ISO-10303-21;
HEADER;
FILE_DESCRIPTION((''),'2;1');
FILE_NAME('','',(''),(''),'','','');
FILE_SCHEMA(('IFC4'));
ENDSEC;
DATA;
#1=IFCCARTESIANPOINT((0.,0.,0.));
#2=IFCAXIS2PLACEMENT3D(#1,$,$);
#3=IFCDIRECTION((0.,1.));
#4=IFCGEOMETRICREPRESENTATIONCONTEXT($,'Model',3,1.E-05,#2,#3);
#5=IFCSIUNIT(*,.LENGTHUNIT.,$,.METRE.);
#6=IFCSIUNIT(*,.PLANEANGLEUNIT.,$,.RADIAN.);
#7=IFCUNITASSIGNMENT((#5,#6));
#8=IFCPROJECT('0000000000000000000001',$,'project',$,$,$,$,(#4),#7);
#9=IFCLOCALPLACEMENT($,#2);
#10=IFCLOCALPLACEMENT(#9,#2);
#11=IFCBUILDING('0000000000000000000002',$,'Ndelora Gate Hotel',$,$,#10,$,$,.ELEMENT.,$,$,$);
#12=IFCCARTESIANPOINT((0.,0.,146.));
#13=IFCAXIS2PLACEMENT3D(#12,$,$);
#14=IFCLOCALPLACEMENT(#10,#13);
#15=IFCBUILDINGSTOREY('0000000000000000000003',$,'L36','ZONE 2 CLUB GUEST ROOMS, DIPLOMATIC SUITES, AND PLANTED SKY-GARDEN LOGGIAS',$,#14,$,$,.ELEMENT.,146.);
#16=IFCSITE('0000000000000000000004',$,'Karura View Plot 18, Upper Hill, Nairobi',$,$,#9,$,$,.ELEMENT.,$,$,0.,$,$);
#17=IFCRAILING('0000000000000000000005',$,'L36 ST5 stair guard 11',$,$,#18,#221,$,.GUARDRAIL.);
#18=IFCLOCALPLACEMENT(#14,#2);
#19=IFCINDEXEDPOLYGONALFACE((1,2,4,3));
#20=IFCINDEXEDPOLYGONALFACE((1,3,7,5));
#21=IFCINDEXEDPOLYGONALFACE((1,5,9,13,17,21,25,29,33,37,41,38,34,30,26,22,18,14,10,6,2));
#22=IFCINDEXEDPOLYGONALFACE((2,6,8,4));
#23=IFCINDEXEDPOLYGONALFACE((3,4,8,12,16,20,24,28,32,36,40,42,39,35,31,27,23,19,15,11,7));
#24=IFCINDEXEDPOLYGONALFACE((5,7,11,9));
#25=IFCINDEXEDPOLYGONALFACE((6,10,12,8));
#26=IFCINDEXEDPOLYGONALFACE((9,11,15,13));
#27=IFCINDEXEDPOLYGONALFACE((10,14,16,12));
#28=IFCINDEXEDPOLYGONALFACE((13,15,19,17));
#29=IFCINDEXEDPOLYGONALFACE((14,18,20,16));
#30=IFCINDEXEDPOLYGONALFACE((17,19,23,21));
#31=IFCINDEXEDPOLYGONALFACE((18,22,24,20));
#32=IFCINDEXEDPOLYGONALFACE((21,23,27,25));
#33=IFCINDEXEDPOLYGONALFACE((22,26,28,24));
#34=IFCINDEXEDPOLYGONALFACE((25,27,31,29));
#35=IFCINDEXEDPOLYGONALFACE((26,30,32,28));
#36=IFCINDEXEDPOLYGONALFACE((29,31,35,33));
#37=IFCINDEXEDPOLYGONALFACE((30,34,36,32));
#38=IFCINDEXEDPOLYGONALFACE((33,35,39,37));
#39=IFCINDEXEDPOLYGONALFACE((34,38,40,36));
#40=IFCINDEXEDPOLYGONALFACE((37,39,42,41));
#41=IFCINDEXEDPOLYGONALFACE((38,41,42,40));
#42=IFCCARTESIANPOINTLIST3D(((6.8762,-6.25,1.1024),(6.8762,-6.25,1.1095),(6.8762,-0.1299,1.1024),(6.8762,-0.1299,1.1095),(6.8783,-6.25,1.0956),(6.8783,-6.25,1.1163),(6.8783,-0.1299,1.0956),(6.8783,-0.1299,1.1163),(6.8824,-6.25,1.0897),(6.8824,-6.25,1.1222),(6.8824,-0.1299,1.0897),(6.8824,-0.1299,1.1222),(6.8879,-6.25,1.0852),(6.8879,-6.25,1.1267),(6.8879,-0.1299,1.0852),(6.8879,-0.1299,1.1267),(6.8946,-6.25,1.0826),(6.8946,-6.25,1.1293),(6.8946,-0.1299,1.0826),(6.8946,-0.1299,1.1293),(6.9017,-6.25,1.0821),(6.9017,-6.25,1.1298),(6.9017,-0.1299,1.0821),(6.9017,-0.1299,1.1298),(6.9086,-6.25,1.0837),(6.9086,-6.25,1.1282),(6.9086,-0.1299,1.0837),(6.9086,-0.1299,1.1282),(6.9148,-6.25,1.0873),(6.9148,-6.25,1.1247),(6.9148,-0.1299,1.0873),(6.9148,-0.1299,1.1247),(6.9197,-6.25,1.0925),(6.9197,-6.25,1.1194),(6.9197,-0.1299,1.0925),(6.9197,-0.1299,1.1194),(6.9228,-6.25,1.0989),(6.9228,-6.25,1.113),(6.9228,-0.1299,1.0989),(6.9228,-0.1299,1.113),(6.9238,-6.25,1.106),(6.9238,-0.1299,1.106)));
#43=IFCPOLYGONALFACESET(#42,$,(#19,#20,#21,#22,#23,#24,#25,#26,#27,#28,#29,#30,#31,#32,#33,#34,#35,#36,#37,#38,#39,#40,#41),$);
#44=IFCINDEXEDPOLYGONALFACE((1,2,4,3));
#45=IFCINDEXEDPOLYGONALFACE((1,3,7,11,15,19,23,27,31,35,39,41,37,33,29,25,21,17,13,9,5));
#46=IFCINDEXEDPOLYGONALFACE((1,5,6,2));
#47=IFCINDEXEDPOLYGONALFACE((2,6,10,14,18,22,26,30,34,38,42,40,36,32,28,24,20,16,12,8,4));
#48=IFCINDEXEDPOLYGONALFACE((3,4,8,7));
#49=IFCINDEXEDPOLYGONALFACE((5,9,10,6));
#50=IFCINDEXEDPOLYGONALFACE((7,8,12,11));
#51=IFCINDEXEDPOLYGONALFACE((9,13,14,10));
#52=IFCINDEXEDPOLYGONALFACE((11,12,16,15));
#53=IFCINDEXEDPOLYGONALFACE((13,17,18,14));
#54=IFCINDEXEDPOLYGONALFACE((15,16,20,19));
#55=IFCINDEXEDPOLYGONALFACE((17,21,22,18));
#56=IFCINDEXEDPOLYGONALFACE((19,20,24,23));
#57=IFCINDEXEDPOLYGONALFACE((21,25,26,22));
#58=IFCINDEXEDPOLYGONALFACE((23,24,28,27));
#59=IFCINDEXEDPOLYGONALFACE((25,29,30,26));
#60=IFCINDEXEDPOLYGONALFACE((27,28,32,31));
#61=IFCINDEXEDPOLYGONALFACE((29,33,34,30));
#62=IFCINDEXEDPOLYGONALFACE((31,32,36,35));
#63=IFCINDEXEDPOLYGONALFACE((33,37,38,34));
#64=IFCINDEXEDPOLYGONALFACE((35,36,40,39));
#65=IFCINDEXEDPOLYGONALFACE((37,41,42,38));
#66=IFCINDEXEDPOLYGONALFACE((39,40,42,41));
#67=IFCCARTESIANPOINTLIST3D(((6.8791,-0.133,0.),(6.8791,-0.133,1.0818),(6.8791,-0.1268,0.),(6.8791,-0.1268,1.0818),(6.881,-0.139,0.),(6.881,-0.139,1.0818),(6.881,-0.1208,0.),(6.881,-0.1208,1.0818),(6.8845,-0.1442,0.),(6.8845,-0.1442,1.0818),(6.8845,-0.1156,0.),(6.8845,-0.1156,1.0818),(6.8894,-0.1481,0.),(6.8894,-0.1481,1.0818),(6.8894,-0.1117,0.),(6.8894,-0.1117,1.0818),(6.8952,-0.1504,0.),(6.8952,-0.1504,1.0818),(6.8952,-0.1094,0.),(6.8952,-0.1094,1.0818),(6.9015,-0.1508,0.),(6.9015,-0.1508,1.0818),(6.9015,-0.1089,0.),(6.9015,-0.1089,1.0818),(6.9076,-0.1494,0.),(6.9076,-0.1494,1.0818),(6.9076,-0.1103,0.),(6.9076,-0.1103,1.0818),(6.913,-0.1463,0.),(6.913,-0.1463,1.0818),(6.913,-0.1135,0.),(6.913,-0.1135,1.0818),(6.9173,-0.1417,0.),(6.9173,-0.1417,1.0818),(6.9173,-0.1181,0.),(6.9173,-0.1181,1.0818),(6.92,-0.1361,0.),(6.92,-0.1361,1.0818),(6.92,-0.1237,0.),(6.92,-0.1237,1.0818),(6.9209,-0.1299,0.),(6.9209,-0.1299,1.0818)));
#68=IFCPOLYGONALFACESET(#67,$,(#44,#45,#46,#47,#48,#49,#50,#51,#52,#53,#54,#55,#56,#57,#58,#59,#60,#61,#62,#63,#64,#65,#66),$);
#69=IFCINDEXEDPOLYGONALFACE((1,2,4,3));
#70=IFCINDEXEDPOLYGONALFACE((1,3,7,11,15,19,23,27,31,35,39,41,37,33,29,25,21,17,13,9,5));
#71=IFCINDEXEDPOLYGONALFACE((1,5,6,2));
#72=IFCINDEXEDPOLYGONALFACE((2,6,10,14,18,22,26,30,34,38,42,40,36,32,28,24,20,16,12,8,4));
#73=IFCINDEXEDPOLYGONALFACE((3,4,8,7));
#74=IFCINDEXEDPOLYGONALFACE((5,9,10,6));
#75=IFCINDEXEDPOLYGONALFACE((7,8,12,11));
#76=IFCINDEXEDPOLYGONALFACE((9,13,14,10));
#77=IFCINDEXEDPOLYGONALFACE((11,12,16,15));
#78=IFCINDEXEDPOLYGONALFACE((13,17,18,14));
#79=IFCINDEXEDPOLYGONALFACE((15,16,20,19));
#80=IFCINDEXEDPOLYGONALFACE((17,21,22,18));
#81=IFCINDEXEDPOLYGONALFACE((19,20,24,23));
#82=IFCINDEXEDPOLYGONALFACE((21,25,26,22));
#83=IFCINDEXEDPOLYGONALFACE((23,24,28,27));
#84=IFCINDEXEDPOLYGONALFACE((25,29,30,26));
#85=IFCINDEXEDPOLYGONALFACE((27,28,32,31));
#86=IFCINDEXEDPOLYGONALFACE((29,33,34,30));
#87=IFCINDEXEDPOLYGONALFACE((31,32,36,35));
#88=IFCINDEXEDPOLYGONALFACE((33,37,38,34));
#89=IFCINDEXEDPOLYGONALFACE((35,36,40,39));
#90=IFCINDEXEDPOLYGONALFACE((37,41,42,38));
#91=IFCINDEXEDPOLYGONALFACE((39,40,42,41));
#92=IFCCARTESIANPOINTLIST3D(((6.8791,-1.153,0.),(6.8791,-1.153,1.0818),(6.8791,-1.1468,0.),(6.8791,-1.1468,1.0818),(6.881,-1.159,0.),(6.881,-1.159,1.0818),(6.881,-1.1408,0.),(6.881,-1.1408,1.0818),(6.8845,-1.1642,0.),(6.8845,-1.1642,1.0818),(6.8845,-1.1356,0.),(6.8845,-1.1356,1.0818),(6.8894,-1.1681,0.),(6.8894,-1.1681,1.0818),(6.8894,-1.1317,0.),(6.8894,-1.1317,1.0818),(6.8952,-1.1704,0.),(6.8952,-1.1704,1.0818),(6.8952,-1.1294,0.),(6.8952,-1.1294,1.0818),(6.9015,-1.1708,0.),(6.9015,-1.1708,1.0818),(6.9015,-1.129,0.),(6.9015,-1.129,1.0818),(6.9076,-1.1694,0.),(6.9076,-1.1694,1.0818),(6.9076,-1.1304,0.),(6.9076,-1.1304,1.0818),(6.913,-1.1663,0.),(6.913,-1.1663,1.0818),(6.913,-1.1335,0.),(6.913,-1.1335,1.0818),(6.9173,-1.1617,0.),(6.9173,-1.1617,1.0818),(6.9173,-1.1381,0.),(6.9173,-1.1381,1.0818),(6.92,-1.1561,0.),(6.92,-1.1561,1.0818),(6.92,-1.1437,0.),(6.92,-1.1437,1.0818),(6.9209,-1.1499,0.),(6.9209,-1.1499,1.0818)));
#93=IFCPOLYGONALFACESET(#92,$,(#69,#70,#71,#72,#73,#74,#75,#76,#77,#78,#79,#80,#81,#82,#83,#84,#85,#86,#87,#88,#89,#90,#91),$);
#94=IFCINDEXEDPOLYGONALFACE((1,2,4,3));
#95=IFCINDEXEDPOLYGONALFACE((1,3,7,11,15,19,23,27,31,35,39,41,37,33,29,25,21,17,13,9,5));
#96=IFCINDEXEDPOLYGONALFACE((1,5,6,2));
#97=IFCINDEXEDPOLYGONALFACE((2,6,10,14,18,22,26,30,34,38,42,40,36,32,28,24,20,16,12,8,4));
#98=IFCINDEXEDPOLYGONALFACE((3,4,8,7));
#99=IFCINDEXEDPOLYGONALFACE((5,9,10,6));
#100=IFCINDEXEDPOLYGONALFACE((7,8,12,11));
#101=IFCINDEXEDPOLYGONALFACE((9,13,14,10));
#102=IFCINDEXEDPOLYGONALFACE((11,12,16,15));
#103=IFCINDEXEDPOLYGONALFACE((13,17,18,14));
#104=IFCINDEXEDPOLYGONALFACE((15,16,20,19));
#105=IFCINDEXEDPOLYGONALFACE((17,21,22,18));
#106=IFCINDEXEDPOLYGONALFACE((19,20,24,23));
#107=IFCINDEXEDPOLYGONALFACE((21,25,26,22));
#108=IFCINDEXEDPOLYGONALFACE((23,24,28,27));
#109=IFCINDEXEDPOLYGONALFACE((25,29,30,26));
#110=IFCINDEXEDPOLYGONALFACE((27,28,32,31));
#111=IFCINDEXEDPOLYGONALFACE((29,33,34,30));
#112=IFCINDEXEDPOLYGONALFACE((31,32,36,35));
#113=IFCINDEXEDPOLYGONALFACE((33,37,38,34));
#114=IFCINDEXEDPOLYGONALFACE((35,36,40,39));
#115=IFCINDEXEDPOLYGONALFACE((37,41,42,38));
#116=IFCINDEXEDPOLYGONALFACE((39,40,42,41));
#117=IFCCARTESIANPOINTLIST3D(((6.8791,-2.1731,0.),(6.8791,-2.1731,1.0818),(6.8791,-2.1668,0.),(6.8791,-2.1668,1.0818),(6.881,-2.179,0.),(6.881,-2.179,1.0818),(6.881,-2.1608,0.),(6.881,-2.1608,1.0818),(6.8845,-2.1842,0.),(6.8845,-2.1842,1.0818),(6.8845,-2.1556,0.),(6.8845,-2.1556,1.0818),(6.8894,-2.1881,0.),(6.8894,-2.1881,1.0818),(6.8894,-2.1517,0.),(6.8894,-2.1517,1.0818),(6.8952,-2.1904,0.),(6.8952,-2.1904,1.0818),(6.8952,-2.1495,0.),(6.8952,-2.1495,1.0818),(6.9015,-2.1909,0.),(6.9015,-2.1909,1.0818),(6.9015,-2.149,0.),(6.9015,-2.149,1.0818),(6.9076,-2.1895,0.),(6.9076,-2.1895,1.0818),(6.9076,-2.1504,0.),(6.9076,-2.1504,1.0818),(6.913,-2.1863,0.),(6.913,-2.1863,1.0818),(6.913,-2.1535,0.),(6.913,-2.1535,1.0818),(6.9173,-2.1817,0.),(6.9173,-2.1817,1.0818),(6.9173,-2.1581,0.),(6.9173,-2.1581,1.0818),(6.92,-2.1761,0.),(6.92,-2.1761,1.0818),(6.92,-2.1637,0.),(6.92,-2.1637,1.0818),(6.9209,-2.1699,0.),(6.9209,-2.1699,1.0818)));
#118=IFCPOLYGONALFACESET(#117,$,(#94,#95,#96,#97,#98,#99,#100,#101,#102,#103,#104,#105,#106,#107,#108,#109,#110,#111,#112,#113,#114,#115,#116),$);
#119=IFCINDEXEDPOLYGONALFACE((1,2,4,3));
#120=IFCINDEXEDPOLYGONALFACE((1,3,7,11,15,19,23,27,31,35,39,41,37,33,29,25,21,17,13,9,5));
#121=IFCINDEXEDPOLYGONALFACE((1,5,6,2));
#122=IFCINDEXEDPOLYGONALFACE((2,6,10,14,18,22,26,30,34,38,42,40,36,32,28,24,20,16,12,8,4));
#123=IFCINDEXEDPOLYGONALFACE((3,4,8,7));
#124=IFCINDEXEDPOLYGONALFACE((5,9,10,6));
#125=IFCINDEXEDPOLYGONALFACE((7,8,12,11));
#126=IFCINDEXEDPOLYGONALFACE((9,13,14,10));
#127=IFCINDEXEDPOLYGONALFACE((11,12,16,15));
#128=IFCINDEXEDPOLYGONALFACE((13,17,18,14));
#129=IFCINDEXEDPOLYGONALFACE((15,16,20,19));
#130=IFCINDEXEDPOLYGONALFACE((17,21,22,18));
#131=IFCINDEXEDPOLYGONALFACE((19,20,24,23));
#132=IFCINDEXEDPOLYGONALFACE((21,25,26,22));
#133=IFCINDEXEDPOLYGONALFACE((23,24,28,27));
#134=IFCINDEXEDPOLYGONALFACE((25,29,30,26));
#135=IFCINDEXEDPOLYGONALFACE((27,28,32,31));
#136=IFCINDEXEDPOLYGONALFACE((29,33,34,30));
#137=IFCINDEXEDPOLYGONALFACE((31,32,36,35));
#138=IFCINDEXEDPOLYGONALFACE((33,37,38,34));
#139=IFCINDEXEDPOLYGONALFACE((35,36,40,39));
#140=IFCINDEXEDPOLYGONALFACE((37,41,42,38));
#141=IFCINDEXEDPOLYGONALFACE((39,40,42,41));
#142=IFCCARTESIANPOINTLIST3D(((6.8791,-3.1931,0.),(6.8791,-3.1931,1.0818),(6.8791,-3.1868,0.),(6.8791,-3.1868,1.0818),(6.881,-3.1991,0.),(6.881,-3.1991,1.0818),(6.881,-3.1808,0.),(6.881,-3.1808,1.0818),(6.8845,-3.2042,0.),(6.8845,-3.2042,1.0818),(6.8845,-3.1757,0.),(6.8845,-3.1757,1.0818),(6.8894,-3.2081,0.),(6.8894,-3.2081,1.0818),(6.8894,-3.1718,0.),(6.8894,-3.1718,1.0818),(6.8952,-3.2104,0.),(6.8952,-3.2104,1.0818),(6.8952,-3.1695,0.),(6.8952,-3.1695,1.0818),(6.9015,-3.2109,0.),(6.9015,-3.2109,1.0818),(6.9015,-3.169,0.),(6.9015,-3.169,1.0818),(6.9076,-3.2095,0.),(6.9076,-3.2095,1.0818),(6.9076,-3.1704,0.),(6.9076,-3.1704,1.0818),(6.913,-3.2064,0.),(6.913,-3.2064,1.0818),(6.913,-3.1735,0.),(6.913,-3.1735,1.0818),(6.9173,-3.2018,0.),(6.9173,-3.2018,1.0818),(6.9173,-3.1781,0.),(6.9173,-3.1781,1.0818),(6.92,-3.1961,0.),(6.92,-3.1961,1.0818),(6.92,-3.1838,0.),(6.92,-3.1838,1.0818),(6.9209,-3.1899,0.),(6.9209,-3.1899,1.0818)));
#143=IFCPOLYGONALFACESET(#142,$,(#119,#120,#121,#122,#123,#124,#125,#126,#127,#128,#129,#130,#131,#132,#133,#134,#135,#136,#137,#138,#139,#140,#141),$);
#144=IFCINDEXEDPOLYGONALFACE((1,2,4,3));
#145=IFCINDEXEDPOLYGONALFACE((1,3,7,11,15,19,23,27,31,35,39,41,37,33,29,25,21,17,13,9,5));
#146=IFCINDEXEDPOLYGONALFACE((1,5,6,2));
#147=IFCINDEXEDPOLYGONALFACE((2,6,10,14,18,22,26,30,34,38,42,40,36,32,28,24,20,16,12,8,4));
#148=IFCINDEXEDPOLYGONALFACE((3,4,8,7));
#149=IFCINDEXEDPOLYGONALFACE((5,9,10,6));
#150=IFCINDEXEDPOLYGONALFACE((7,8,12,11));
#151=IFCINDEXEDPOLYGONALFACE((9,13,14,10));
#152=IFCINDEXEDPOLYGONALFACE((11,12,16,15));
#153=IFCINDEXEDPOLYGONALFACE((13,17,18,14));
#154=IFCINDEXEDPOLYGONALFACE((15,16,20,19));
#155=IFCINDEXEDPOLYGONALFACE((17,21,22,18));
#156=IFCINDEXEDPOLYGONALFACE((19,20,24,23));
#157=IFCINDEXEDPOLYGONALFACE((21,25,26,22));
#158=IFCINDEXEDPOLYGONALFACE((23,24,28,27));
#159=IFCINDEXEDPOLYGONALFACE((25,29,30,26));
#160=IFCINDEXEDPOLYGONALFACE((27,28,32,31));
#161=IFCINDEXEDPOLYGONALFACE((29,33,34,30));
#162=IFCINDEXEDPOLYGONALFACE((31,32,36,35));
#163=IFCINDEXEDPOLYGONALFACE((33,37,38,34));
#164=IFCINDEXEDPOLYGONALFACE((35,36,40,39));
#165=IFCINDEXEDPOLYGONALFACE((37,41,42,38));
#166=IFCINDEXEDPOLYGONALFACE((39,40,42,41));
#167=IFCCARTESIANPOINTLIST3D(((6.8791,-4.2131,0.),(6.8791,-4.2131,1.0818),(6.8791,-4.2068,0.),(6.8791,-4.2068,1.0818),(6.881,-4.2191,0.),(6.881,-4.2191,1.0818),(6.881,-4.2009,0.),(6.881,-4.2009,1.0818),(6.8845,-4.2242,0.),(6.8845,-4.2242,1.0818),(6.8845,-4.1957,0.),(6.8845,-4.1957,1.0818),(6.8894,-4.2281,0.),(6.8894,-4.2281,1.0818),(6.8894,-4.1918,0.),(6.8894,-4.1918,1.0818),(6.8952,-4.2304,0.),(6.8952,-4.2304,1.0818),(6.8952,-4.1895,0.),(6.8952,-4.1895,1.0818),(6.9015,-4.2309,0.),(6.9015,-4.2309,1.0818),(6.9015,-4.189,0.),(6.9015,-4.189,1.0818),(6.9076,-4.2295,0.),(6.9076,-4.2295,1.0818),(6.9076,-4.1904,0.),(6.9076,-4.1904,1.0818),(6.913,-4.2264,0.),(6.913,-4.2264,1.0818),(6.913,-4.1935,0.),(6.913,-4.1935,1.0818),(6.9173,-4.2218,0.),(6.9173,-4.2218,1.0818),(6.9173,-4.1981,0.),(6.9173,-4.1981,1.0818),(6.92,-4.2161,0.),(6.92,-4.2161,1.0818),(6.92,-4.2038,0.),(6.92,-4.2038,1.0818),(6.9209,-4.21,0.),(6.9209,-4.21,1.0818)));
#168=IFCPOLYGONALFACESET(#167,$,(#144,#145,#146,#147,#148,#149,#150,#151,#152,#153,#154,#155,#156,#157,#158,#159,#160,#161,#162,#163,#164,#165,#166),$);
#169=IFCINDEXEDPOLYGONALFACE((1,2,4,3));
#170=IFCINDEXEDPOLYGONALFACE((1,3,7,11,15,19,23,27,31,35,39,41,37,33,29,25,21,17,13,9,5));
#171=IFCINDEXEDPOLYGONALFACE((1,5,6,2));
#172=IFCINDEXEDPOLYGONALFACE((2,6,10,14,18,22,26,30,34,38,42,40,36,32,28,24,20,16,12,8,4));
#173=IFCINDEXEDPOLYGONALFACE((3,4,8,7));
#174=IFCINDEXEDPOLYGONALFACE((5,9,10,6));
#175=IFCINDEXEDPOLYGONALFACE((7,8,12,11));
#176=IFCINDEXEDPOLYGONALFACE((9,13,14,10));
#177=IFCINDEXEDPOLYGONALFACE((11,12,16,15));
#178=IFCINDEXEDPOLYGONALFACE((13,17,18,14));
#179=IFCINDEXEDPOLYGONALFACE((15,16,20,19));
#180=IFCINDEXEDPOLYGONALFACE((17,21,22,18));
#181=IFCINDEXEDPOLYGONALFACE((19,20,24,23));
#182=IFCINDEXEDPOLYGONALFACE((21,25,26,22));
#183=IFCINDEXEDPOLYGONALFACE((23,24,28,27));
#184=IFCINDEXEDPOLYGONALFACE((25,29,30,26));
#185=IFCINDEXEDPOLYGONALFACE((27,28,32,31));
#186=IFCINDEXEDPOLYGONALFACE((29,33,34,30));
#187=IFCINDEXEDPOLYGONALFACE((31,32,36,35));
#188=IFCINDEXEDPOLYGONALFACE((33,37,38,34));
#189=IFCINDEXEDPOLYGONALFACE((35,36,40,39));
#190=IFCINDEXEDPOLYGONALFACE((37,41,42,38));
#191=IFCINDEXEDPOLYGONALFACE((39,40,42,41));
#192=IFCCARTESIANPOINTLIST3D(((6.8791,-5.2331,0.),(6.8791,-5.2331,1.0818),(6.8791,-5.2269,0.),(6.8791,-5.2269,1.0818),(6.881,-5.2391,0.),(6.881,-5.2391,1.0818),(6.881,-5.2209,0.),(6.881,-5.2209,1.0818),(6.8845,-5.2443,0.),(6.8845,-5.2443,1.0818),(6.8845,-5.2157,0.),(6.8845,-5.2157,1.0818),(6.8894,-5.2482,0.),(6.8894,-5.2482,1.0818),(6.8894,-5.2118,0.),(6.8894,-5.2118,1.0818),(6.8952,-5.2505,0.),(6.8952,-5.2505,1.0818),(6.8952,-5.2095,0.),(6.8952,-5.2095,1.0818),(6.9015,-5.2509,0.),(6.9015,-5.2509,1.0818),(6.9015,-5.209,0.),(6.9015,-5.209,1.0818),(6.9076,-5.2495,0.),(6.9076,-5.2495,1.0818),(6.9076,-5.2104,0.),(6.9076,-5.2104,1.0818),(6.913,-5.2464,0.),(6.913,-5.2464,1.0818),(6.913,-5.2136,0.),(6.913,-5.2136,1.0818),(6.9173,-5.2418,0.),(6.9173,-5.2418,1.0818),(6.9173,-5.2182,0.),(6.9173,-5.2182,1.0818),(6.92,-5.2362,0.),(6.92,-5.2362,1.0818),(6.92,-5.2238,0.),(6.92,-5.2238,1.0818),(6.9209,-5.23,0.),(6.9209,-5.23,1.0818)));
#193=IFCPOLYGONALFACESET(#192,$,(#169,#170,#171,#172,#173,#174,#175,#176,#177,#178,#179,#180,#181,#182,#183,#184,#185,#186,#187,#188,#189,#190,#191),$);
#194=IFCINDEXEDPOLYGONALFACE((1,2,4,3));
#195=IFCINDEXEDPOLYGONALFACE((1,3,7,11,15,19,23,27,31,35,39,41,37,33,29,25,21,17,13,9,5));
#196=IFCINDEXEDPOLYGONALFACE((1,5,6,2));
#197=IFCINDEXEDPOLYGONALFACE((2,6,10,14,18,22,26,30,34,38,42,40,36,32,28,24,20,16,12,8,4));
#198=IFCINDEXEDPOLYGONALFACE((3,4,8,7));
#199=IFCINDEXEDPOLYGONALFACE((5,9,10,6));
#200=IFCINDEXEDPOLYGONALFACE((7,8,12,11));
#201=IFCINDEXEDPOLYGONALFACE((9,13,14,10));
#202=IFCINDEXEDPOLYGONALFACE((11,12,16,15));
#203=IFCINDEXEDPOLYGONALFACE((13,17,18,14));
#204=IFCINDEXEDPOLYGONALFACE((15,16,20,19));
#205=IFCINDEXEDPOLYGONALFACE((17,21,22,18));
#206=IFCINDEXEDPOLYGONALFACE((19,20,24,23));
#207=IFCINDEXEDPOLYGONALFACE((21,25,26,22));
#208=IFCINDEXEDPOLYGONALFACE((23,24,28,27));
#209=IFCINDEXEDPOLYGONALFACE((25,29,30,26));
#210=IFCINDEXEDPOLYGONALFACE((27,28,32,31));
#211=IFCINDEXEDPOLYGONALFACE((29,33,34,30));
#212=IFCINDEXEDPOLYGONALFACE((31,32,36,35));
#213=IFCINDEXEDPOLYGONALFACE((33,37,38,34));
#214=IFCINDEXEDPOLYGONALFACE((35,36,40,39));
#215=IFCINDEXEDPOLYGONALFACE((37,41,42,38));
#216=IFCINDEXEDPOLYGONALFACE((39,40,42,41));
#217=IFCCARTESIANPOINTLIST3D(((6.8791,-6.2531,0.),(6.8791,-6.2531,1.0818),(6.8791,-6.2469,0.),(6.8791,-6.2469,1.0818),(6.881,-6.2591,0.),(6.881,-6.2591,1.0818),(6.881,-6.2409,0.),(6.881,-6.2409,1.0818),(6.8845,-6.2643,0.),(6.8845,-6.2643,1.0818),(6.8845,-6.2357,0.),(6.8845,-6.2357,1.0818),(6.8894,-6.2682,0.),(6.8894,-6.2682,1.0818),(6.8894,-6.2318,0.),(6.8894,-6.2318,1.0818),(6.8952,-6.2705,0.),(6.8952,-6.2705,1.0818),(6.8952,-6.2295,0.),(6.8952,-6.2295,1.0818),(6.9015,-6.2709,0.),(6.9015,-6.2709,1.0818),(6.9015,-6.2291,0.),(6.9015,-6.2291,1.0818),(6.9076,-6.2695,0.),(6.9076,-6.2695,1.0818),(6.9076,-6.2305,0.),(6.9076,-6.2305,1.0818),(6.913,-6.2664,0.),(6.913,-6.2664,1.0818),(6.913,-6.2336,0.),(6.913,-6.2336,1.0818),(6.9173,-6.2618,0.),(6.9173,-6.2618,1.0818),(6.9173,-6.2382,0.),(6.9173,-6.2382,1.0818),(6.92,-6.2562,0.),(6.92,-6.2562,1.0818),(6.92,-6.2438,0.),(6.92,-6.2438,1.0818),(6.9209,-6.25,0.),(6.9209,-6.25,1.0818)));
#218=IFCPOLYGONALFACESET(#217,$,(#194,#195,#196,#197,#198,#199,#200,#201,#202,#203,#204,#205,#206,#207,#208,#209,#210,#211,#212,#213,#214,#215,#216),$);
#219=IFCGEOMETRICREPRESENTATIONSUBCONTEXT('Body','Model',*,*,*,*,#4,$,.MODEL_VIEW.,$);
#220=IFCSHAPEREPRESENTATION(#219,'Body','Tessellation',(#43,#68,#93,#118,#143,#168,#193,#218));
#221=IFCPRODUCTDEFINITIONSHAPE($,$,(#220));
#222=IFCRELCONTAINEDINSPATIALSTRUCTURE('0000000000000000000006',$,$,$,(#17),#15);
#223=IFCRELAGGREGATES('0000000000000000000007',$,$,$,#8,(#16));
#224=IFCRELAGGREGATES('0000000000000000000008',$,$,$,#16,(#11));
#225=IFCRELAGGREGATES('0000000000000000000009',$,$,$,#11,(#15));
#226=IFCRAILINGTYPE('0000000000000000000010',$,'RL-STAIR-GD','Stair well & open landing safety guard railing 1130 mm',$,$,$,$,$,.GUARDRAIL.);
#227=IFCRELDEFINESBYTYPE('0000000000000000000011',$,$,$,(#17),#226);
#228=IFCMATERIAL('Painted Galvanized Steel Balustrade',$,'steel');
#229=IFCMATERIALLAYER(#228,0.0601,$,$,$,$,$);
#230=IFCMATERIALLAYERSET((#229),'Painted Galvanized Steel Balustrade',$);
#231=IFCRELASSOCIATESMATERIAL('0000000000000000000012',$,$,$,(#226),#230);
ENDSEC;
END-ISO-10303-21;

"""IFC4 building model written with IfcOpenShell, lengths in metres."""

from ifc_helpers import new_model, si_unit, direction, frame, origin, origin_2d, place, context, subcontext, project, spatial, circle, extrude, material, layer, layer_set, type_object, element, save


model = new_model("IFC4")

# Units and contexts
model_context = context("Model", 3, precision=1e-05, world=origin(), true_north=direction((0.0, 1.0)))
body_context = subcontext(model_context, "Body", "Model", "MODEL_VIEW")
ifc_project = project(units=[si_unit("LENGTHUNIT", "METRE"), si_unit("PLANEANGLEUNIT", "RADIAN")], contexts=[model_context])

# Site, building, storey
site_placement = place(None, origin())
site = spatial("IfcSite", under=ifc_project, at=site_placement, Name="Karura View Plot 18, Upper Hill, Nairobi", CompositionType="ELEMENT", RefElevation=0.0)
building_placement = place(site_placement, origin())
building = spatial("IfcBuilding", under=site, at=building_placement, Name="Ndelora Gate Hotel", CompositionType="ELEMENT")
storey_placement = place(building_placement, frame((0.0, 0.0, 146.0)))
storey = spatial("IfcBuildingStorey", under=building, at=storey_placement, Name="L36", Description="ZONE 2 CLUB GUEST ROOMS, DIPLOMATIC SUITES, AND PLANTED SKY-GARDEN LOGGIAS", CompositionType="ELEMENT", Elevation=146.0)

# Railing
ifc_material_1 = material(Name="Painted Galvanized Steel Balustrade", Category="steel")
ifc_layer_1 = layer(ifc_material_1, 0.0601)
ifc_layer_set_1 = layer_set([ifc_layer_1], Name="Painted Galvanized Steel Balustrade")
railing_type = type_object("IfcRailingType", Name="RL-STAIR-GD", Description="Stair well & open landing safety guard railing 1130 mm", PredefinedType="GUARDRAIL", material=ifc_layer_set_1)
railing_placement = place(storey_placement, frame((6.8999, -0.1299, 0.0)))
element("IfcRailing", 1, at=railing_placement, inside=storey, type_object=railing_type, Name="L36 ST5 stair guard 11", PredefinedType="GUARDRAIL", context=body_context, shape_type="SweptSolid", body=[
    extrude(circle(Radius=0.0239, at=origin_2d()), frame((0.0, 0.0, 1.106), z_axis=(0.0, -1.0, 0.0), x_axis=(1.0, 0.0, 0.0)), (0.0, 0.0, 1.0), 6.1201),
    extrude(circle(Radius=0.021, at=origin_2d()), origin(), (0.0, 0.0, 1.0), 1.0818),
    extrude(circle(Radius=0.021, at=origin_2d()), frame((0.0, -1.02, 0.0)), (0.0, 0.0, 1.0), 1.0818),
    extrude(circle(Radius=0.021, at=origin_2d()), frame((0.0, -2.04, 0.0)), (0.0, 0.0, 1.0), 1.0818),
    extrude(circle(Radius=0.021, at=origin_2d()), frame((0.0, -3.0601, 0.0)), (0.0, 0.0, 1.0), 1.0818),
    extrude(circle(Radius=0.021, at=origin_2d()), frame((0.0, -4.0801, 0.0)), (0.0, 0.0, 1.0), 1.0818),
    extrude(circle(Radius=0.021, at=origin_2d()), frame((0.0, -5.1001, 0.0)), (0.0, 0.0, 1.0), 1.0818),
    extrude(circle(Radius=0.021, at=origin_2d()), frame((0.0, -6.1201, 0.0)), (0.0, 0.0, 1.0), 1.0818),
])

save(model, "model.ifc")
